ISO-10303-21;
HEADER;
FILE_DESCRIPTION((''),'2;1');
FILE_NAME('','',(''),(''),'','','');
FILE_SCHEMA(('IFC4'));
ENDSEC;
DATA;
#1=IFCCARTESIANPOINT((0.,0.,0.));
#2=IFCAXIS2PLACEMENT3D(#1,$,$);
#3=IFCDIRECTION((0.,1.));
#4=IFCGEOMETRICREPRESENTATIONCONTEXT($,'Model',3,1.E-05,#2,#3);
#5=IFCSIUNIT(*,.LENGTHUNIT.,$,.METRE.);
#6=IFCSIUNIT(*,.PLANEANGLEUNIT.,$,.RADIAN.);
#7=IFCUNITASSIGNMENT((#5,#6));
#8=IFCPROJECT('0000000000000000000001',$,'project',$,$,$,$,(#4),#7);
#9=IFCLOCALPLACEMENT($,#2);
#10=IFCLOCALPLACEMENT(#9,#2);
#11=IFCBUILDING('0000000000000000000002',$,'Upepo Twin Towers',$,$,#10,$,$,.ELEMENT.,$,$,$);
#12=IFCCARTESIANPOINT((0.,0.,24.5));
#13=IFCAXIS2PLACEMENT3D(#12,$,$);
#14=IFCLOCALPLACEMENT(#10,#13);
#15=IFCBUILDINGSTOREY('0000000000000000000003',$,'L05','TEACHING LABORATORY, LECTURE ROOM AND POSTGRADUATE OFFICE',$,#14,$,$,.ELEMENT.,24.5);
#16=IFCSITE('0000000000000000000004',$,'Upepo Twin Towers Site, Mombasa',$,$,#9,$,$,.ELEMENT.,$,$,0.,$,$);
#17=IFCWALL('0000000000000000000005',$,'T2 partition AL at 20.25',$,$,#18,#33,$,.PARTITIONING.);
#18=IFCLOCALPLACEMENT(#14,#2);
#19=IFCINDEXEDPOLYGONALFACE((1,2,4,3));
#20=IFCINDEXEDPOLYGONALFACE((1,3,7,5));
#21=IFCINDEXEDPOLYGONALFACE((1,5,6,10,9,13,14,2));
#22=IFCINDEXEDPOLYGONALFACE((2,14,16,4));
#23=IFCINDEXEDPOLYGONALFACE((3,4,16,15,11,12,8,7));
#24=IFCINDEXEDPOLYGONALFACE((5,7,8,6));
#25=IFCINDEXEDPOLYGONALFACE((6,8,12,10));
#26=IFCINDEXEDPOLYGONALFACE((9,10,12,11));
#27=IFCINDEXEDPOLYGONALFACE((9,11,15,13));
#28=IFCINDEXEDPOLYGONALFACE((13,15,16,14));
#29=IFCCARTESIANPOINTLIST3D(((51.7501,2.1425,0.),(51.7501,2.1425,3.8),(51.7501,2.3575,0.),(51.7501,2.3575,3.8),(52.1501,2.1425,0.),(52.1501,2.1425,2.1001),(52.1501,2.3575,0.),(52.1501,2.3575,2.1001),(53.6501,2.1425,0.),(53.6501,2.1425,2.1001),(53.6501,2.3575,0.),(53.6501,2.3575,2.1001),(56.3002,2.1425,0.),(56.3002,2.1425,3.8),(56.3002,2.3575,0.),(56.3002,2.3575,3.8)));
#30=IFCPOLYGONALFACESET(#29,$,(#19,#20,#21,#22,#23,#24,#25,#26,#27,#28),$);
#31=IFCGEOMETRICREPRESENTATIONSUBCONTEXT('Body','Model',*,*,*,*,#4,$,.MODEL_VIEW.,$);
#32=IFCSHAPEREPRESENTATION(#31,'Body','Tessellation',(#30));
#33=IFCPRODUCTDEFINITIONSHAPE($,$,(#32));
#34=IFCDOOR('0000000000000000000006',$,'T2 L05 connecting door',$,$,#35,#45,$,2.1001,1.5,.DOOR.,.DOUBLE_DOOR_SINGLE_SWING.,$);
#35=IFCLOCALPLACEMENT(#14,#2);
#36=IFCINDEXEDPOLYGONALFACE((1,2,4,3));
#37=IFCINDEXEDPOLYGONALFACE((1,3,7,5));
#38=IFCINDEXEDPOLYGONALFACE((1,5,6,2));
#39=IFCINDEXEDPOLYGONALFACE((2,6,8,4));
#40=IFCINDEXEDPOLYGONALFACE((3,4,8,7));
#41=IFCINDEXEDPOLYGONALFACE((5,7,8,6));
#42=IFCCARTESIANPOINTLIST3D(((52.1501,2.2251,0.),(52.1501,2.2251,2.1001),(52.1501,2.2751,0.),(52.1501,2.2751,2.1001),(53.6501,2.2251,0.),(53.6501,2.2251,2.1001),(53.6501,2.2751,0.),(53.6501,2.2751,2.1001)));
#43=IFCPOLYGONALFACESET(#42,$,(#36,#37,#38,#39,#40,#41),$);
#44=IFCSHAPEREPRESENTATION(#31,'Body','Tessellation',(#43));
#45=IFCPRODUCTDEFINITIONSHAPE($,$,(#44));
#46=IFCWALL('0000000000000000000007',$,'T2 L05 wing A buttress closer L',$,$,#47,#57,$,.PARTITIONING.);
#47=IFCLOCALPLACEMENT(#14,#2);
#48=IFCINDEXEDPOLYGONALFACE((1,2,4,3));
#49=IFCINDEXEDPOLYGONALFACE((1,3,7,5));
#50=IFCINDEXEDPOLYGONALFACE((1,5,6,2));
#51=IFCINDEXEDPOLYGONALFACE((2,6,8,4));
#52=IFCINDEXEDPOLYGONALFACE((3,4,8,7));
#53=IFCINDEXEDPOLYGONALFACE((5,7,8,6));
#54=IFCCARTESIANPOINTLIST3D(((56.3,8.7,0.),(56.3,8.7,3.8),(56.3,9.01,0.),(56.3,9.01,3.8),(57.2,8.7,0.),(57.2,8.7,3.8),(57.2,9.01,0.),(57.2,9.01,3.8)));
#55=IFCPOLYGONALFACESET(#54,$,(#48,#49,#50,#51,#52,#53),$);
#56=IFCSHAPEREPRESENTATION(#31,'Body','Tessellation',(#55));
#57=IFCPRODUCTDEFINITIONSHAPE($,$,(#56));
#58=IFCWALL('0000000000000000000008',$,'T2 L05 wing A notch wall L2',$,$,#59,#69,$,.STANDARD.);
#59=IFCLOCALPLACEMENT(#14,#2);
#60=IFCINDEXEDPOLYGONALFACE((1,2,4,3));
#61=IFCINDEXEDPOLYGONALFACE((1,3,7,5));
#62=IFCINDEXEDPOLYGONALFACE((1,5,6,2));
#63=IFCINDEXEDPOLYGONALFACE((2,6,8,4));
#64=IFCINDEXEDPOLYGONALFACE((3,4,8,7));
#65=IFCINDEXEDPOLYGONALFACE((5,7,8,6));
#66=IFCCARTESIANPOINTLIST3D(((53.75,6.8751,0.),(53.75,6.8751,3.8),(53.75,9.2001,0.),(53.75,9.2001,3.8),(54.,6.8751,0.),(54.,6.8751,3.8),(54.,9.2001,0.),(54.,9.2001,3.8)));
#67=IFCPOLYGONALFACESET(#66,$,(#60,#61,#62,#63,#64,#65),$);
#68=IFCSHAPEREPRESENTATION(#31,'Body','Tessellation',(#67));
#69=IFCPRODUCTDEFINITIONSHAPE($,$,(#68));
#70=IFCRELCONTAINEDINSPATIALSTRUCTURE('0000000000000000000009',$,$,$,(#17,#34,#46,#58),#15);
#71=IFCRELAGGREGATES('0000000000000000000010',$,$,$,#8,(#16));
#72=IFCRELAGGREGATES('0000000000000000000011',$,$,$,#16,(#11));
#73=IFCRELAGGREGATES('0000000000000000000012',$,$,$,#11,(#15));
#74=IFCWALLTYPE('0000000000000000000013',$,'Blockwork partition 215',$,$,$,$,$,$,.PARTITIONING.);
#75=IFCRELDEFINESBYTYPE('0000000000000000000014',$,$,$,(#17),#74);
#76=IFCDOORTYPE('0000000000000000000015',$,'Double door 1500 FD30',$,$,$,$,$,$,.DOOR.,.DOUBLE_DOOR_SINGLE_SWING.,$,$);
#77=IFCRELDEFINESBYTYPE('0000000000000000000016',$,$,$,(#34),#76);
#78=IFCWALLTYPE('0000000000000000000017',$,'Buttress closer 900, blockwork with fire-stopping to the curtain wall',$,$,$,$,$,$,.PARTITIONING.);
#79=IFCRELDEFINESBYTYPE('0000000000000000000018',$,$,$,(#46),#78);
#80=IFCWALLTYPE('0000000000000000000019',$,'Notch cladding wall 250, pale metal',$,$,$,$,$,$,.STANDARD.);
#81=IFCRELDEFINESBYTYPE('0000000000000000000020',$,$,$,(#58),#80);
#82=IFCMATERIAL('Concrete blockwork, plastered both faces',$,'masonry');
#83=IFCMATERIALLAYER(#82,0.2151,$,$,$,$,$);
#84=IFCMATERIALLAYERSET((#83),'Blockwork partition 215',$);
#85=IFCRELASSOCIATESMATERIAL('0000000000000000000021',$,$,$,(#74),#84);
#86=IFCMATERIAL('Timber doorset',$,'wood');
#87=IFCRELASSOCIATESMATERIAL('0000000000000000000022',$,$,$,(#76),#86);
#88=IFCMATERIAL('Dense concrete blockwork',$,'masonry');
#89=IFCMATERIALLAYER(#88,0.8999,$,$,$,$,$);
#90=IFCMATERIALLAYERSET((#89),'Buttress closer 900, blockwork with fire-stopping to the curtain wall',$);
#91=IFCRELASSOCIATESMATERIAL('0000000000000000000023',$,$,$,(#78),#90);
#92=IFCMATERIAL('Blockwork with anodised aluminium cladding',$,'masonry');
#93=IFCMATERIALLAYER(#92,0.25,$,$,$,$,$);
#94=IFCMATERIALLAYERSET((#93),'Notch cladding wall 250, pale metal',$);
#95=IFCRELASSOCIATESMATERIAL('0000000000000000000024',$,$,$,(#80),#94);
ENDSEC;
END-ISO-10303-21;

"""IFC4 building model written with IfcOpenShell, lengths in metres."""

from ifc_helpers import new_model, si_unit, direction, frame, frame_2d, origin, place, context, subcontext, project, spatial, rectangle, extrude, material, layer, layer_set, type_object, element, fill, save


model = new_model("IFC4")

# Units and contexts
model_context = context("Model", 3, precision=1e-05, world=origin(), true_north=direction((0.0, 1.0)))
body_context = subcontext(model_context, "Body", "Model", "MODEL_VIEW")
ifc_project = project(units=[si_unit("LENGTHUNIT", "METRE"), si_unit("PLANEANGLEUNIT", "RADIAN")], contexts=[model_context])

# Site, building, storey
site_placement = place(None, origin())
site = spatial("IfcSite", under=ifc_project, at=site_placement, Name="Upepo Twin Towers Site, Mombasa", CompositionType="ELEMENT", RefElevation=0.0)
building_placement = place(site_placement, origin())
building = spatial("IfcBuilding", under=site, at=building_placement, Name="Upepo Twin Towers", CompositionType="ELEMENT")
storey_placement = place(building_placement, frame((0.0, 0.0, 24.5)))
storey = spatial("IfcBuildingStorey", under=building, at=storey_placement, Name="L05", Description="TEACHING LABORATORY, LECTURE ROOM AND POSTGRADUATE OFFICE", CompositionType="ELEMENT", Elevation=24.5)

# Shared definitions
ifc_material_1 = material(Name="Concrete blockwork, plastered both faces", Category="masonry")
ifc_layer_1 = layer(ifc_material_1, 0.2151)
ifc_layer_set_1 = layer_set([ifc_layer_1], Name="Blockwork partition 215")
wall_type_1 = type_object("IfcWallType", Name="Blockwork partition 215", PredefinedType="PARTITIONING", material=ifc_layer_set_1)

# Wall, opening, door
wall_1_placement = place(storey_placement, frame((56.3, 2.25, 0.0), z_axis=(0.0, 0.0, 1.0), x_axis=(-1.0, 0.0, 0.0)))
wall_1 = element("IfcWall", 1, at=wall_1_placement, inside=storey, type_object=wall_type_1, Name="T2 partition AL at 20.25", PredefinedType="PARTITIONING", context=body_context, shape_type="SweptSolid", body=[
    extrude(rectangle(XDim=4.55, YDim=0.2151, at=frame_2d((2.2749, 0.0))), origin(), (0.0, 0.0, 1.0), 3.8),
])
opening_placement = place(wall_1_placement, frame((2.6499, 0.0, 0.0)))
opening = element("IfcOpeningElement", 2, at=opening_placement, cuts=wall_1, PredefinedType="OPENING", context=body_context, shape_type="SweptSolid", body=[
    extrude(rectangle(XDim=1.5, YDim=2.1001, at=frame_2d((0.75, 1.05))), frame((0.0, 0.1174, 0.0), z_axis=(0.0, -1.0, 0.0), x_axis=(1.0, 0.0, 0.0)), (0.0, 0.0, 1.0), 0.2351),
])
ifc_material_2 = material(Name="Timber doorset", Category="wood")
door_type = type_object("IfcDoorType", Name="Double door 1500 FD30", OperationType="DOUBLE_DOOR_SINGLE_SWING", PredefinedType="DOOR", material=ifc_material_2)
door_placement = place(opening_placement, origin())
door = element("IfcDoor", 3, at=door_placement, inside=storey, type_object=door_type, Name="T2 L05 connecting door", OperationType="DOUBLE_DOOR_SINGLE_SWING", OverallHeight=2.1001, OverallWidth=1.5, PredefinedType="DOOR", context=body_context, shape_type="SweptSolid", body=[
    extrude(rectangle(XDim=1.5, YDim=2.1001, at=frame_2d((0.75, 1.05))), frame((0.0, 0.0249, 0.0), z_axis=(0.0, -1.0, 0.0), x_axis=(1.0, 0.0, 0.0)), (0.0, 0.0, 1.0), 0.05),
])
fill(opening, door)

# Walls
ifc_material_3 = material(Name="Dense concrete blockwork", Category="masonry")
ifc_layer_2 = layer(ifc_material_3, 0.8999)
ifc_layer_set_2 = layer_set([ifc_layer_2], Name="Buttress closer 900, blockwork with fire-stopping to the curtain wall")
wall_type_2 = type_object("IfcWallType", Name="Buttress closer 900, blockwork with fire-stopping to the curtain wall", PredefinedType="PARTITIONING", material=ifc_layer_set_2)
wall_2_placement = place(storey_placement, frame((56.75, 8.7, 0.0), z_axis=(0.0, 0.0, 1.0), x_axis=(0.0, 1.0, 0.0)))
element("IfcWall", 4, at=wall_2_placement, inside=storey, type_object=wall_type_2, Name="T2 L05 wing A buttress closer L", PredefinedType="PARTITIONING", context=body_context, shape_type="SweptSolid", body=[
    extrude(rectangle(XDim=0.3101, YDim=0.8999, at=frame_2d((0.155, 0.0))), origin(), (0.0, 0.0, 1.0), 3.8),
])
ifc_material_4 = material(Name="Blockwork with anodised aluminium cladding", Category="masonry")
ifc_layer_3 = layer(ifc_material_4, 0.25)
ifc_layer_set_3 = layer_set([ifc_layer_3], Name="Notch cladding wall 250, pale metal")
wall_type_3 = type_object("IfcWallType", Name="Notch cladding wall 250, pale metal", PredefinedType="STANDARD", material=ifc_layer_set_3)
wall_3_placement = place(storey_placement, frame((53.875, 6.875, 0.0), z_axis=(0.0, 0.0, 1.0), x_axis=(0.0, 1.0, 0.0)))
element("IfcWall", 5, at=wall_3_placement, inside=storey, type_object=wall_type_3, Name="T2 L05 wing A notch wall L2", PredefinedType="STANDARD", context=body_context, shape_type="SweptSolid", body=[
    extrude(rectangle(XDim=2.325, YDim=0.25, at=frame_2d((1.1626, 0.0))), origin(), (0.0, 0.0, 1.0), 3.8),
])

save(model, "model.ifc")
